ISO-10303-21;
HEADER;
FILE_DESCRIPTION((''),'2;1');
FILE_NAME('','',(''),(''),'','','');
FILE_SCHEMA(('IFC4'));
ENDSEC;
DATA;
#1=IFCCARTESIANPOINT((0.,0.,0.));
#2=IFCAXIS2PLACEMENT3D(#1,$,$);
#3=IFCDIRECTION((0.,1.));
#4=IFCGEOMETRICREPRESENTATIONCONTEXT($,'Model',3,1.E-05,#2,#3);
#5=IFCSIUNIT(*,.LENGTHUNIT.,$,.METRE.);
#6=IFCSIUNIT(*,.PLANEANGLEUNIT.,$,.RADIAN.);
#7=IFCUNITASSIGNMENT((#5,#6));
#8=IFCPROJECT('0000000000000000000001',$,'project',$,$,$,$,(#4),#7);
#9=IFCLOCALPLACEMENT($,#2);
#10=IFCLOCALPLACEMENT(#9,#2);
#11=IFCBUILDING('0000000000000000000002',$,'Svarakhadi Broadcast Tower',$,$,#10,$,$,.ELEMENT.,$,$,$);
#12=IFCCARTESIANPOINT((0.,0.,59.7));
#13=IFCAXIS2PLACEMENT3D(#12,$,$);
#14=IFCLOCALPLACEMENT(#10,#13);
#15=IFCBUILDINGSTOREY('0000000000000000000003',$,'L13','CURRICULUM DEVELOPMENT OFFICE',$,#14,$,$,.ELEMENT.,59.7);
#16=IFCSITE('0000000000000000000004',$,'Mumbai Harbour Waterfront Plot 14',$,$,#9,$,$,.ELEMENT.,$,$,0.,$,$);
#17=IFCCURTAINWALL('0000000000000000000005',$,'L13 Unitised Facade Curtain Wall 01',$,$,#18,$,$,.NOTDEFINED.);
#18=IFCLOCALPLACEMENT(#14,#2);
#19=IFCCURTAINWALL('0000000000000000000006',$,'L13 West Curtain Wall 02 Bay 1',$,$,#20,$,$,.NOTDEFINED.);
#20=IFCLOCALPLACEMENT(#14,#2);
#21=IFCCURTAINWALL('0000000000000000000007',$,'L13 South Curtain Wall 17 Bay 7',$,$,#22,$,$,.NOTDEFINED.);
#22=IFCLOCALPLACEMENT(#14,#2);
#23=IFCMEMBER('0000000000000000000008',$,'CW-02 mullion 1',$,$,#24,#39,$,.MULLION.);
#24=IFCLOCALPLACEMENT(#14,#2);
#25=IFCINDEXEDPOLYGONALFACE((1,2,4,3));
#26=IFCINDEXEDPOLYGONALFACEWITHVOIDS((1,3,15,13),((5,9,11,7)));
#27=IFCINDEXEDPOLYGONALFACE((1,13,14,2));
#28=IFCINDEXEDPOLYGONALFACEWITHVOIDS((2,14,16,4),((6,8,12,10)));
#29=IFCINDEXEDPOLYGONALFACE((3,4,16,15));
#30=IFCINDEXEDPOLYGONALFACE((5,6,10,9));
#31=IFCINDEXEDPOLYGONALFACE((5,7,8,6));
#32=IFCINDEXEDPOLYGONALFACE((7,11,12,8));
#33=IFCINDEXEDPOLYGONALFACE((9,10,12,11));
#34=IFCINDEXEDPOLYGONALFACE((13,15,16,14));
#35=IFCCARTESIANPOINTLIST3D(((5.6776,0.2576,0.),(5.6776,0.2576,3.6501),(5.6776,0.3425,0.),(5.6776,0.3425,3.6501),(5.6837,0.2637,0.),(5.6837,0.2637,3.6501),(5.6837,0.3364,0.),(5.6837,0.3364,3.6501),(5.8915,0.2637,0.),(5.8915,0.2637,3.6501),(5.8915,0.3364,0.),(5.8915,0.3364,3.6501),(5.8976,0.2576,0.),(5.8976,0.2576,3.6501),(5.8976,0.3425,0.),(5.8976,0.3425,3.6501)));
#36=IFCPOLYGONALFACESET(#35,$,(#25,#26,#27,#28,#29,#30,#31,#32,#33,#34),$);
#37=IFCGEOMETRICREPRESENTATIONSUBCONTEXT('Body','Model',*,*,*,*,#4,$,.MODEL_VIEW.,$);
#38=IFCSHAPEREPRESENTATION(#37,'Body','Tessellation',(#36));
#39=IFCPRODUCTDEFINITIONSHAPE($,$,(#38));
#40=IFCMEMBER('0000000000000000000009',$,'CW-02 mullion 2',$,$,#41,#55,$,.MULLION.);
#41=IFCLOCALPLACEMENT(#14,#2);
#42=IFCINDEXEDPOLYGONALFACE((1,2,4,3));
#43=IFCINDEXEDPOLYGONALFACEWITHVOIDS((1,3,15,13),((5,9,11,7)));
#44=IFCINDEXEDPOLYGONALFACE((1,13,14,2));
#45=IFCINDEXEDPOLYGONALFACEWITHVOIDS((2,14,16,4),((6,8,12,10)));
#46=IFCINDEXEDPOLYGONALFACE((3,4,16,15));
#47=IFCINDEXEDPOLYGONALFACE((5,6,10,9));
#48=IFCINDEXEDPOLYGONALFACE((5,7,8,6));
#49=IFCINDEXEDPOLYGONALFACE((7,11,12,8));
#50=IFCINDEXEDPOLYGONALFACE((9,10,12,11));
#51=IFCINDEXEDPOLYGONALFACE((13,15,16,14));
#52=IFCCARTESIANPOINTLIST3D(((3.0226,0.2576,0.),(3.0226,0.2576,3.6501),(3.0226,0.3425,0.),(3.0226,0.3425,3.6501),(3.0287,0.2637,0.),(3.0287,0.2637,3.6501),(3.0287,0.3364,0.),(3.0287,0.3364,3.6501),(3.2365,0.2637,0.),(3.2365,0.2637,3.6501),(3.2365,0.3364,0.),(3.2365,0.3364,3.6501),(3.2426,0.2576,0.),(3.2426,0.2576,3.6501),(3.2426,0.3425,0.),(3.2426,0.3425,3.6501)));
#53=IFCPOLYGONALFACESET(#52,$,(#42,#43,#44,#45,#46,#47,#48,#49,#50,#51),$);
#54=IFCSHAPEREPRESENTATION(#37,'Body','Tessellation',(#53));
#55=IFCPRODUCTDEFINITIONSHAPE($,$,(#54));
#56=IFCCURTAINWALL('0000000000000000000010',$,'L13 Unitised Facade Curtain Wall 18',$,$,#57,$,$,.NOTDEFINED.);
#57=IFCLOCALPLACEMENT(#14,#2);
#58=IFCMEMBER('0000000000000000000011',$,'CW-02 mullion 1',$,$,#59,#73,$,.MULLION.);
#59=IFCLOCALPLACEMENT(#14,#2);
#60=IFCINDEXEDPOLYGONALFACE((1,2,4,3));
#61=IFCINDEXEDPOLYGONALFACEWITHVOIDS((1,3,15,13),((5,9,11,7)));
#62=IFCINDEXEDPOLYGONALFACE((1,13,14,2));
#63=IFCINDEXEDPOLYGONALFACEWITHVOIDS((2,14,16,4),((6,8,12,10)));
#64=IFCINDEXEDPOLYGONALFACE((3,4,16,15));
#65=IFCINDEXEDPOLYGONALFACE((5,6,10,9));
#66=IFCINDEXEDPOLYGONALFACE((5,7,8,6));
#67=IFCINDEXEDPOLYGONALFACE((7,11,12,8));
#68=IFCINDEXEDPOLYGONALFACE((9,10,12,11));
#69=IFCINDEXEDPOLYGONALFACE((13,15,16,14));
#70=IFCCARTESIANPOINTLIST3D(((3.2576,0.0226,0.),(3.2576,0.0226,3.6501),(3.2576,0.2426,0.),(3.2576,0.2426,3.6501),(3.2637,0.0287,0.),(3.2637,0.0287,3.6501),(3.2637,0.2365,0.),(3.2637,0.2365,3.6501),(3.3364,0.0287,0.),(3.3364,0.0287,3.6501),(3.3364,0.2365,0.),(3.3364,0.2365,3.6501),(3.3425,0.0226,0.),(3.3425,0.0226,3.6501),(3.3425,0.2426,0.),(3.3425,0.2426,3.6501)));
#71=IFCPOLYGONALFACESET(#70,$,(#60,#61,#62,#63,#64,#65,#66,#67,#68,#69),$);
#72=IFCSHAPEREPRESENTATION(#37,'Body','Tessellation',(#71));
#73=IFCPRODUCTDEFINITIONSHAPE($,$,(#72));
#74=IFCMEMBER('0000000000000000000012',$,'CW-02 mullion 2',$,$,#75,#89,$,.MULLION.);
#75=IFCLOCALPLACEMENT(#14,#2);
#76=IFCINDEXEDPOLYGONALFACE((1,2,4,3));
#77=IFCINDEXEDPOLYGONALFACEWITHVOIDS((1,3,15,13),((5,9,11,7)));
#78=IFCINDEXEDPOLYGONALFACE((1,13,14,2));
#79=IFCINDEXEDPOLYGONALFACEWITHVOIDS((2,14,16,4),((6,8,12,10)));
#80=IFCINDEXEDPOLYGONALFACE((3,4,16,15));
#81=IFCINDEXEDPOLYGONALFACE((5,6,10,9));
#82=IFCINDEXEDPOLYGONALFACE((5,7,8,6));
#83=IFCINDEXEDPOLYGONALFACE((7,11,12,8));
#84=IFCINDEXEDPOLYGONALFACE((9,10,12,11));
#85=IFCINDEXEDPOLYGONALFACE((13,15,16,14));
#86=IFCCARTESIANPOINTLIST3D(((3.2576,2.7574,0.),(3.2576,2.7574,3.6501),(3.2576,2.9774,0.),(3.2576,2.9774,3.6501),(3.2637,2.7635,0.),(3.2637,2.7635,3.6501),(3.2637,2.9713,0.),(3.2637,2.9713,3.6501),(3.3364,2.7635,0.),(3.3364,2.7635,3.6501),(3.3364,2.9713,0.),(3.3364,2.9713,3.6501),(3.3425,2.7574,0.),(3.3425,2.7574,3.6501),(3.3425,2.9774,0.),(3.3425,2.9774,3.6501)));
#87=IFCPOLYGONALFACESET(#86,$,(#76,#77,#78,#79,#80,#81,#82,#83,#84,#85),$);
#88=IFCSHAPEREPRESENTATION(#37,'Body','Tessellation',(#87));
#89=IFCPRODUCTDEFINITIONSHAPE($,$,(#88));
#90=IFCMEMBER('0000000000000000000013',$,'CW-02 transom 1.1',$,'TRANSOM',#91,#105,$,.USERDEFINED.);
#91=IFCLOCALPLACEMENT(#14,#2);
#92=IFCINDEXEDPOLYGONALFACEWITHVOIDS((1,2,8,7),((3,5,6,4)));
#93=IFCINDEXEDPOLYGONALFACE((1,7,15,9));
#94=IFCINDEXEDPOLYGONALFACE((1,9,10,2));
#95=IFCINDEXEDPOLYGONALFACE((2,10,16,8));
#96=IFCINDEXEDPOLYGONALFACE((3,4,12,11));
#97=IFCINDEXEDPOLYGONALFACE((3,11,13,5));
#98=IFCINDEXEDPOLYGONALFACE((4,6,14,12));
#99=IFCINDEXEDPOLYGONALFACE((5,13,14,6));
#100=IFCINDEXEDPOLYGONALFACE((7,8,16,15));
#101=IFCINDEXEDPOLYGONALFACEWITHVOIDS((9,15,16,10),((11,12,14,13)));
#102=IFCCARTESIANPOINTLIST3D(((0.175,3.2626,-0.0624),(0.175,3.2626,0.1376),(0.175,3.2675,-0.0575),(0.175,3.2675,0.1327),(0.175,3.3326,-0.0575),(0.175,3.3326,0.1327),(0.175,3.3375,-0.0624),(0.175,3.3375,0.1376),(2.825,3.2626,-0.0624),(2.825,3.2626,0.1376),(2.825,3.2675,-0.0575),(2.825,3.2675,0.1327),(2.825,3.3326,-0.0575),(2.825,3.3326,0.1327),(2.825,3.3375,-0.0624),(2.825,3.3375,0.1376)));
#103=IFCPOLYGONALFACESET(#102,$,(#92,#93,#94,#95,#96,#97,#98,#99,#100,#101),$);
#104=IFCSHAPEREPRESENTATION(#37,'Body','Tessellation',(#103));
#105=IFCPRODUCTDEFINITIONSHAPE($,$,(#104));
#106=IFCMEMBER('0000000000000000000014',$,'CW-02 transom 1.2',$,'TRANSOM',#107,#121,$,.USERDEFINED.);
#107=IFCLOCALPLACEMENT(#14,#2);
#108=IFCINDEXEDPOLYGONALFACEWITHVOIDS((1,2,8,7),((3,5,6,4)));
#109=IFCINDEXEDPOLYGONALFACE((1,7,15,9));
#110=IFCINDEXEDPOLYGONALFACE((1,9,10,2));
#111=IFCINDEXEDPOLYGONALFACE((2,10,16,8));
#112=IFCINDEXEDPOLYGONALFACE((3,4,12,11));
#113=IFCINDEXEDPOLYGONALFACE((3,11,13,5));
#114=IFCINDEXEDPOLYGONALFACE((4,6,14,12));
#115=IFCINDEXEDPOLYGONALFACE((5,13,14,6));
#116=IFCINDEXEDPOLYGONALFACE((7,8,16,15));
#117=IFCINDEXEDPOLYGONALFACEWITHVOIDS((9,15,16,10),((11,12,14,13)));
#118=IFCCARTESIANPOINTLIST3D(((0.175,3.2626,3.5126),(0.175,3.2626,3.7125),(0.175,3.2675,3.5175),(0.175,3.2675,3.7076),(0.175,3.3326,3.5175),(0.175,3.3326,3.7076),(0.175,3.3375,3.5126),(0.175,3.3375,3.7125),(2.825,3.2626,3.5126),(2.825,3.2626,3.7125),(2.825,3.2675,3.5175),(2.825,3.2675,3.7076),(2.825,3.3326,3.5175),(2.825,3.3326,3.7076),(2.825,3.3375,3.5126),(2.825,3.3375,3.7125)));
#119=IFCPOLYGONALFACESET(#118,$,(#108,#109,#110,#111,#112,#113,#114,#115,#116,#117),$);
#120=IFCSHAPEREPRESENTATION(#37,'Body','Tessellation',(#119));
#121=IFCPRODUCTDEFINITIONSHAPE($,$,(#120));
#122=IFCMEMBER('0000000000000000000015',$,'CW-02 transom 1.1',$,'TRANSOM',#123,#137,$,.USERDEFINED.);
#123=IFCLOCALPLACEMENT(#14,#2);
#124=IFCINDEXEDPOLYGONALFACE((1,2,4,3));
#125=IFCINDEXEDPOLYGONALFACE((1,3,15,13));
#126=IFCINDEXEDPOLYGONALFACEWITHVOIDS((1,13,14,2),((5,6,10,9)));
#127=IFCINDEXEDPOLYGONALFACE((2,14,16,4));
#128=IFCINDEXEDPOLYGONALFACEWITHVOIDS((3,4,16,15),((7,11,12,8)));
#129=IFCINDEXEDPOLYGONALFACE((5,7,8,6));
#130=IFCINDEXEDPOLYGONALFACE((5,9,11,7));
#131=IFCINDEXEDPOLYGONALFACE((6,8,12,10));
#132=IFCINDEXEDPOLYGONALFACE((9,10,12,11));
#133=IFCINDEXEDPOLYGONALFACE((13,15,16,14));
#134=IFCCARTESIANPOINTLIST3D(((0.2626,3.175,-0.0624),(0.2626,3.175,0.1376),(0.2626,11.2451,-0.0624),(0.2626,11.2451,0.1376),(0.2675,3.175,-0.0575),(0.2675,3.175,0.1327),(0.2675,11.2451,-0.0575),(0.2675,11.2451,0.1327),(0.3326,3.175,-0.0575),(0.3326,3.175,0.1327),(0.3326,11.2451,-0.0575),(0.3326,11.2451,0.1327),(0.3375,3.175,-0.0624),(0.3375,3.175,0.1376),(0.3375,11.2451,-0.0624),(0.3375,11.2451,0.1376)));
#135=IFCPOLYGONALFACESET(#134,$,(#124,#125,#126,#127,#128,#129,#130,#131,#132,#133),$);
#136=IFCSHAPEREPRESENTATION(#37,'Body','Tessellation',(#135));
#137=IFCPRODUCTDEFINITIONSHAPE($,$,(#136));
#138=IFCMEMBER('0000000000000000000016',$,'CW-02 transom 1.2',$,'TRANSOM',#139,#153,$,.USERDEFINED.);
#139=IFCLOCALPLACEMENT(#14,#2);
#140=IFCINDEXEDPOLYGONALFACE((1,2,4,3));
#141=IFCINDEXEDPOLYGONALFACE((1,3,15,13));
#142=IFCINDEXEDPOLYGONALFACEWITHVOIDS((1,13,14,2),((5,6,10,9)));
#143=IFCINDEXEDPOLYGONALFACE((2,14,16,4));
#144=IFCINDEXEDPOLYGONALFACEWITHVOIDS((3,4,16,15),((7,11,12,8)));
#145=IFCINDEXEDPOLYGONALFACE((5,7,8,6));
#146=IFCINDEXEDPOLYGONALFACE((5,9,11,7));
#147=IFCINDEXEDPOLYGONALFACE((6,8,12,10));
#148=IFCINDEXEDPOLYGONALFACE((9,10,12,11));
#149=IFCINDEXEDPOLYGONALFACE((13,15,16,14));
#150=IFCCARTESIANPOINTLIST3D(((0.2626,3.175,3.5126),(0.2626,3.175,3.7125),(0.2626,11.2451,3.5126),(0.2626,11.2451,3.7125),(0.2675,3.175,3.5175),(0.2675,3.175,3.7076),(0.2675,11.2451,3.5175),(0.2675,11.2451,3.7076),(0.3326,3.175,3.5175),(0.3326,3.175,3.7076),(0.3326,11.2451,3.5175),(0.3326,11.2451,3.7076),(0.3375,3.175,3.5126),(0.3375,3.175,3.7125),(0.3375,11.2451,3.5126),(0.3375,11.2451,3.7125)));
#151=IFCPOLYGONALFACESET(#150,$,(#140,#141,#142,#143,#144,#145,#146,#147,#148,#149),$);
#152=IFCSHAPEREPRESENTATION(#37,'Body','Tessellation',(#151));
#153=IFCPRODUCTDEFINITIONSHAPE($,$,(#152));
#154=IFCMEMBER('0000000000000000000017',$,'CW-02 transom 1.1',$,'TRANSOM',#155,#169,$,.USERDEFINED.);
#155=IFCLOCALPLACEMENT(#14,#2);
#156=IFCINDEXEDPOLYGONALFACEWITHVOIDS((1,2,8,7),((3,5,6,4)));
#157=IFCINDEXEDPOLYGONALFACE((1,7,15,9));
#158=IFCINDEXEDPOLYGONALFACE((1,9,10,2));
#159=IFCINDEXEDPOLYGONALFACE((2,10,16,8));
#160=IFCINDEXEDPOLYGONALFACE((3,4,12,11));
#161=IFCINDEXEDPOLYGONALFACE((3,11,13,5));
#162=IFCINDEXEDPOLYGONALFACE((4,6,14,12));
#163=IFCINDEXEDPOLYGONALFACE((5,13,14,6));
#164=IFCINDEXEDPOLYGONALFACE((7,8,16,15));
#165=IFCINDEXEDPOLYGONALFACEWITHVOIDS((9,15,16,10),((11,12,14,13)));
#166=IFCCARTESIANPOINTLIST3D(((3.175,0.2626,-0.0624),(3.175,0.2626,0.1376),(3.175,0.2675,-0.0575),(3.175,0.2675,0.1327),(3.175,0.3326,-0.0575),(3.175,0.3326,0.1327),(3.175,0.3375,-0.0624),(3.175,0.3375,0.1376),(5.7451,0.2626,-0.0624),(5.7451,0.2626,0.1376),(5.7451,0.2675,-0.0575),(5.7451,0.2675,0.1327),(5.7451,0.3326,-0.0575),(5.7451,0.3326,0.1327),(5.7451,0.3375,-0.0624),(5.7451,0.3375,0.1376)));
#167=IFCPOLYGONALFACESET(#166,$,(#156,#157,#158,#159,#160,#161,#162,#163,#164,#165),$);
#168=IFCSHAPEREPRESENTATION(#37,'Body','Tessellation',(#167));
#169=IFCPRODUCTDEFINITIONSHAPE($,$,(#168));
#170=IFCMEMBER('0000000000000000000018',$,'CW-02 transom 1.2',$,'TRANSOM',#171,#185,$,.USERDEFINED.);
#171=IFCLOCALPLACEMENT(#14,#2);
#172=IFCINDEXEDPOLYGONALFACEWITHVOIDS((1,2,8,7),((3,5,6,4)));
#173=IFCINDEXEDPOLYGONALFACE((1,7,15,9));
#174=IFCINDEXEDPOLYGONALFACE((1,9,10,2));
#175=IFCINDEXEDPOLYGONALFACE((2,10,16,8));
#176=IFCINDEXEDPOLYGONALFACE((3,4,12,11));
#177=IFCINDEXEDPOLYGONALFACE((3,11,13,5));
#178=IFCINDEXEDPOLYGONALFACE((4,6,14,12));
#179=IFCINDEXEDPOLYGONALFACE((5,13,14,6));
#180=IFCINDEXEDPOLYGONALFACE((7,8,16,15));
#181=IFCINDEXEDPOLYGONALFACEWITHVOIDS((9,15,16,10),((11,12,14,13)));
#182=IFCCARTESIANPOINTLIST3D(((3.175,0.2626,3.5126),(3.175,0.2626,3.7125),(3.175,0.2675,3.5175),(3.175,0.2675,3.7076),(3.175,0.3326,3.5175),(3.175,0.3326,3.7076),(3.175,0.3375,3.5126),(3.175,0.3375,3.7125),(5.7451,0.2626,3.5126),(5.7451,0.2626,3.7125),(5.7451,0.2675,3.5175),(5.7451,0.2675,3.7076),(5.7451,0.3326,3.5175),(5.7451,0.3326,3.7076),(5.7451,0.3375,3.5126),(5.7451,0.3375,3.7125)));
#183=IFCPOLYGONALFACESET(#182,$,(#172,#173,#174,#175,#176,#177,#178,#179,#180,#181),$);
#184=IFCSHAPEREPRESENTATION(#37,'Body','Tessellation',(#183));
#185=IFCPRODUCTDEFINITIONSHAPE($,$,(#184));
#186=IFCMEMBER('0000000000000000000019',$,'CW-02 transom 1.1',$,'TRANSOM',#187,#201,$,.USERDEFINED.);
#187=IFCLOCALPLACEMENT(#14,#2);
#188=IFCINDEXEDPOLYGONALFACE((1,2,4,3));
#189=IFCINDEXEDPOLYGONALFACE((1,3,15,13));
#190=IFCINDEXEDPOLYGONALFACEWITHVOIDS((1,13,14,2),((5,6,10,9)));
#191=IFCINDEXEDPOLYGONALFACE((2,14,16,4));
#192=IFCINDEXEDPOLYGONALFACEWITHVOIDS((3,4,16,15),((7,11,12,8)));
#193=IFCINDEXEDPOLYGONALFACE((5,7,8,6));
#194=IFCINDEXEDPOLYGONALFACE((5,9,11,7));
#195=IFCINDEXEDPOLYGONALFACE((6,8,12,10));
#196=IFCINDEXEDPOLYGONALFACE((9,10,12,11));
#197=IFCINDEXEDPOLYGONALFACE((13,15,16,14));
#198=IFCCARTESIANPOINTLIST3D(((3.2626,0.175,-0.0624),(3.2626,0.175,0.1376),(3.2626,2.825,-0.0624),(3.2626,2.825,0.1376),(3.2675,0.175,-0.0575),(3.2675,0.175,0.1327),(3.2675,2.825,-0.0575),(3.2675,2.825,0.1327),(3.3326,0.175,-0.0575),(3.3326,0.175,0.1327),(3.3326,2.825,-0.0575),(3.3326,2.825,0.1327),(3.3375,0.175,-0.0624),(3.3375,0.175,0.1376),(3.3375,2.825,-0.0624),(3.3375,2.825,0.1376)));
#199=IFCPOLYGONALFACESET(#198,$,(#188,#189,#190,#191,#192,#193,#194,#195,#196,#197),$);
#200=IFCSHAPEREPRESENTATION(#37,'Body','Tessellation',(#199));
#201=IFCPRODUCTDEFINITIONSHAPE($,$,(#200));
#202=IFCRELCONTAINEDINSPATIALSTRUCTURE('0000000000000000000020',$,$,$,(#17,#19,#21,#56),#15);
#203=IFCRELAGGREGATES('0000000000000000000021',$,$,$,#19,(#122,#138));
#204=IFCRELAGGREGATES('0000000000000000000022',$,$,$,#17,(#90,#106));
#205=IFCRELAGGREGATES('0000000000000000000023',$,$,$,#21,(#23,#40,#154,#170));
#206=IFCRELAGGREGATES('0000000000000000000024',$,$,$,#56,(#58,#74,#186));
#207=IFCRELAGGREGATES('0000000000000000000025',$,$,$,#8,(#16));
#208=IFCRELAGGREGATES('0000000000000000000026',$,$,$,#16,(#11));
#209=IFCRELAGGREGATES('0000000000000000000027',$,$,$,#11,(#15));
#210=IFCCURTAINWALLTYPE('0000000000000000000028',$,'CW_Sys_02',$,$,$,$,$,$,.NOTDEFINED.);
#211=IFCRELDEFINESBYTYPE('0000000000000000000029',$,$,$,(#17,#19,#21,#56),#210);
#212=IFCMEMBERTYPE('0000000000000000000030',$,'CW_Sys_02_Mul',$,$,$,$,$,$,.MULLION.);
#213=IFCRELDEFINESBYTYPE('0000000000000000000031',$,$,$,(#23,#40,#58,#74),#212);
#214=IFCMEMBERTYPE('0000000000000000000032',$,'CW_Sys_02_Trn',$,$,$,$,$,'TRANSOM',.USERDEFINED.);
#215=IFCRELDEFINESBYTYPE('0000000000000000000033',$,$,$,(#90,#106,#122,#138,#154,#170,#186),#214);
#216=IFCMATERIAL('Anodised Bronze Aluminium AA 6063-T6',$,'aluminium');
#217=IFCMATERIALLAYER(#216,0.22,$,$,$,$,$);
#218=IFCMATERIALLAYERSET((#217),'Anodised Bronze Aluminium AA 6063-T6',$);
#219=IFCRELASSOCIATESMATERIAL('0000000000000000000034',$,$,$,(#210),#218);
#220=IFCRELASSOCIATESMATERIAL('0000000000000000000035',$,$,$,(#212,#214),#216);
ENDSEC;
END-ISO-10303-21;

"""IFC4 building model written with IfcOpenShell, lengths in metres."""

from ifc_helpers import new_model, si_unit, direction, frame, origin, origin_2d, place, context, subcontext, project, spatial, hollow_rectangle, extrude, material, layer, layer_set, material_profile, profile_set, type_object, element, aggregate, save


model = new_model("IFC4")

# Units and contexts
model_context = context("Model", 3, precision=1e-05, world=origin(), true_north=direction((0.0, 1.0)))
body_context = subcontext(model_context, "Body", "Model", "MODEL_VIEW")
ifc_project = project(units=[si_unit("LENGTHUNIT", "METRE"), si_unit("PLANEANGLEUNIT", "RADIAN")], contexts=[model_context])

# Site, building, storey
site_placement = place(None, origin())
site = spatial("IfcSite", under=ifc_project, at=site_placement, Name="Mumbai Harbour Waterfront Plot 14", CompositionType="ELEMENT", RefElevation=0.0)
building_placement = place(site_placement, origin())
building = spatial("IfcBuilding", under=site, at=building_placement, Name="Svarakhadi Broadcast Tower", CompositionType="ELEMENT")
storey_placement = place(building_placement, frame((0.0, 0.0, 59.7)))
storey = spatial("IfcBuildingStorey", under=building, at=storey_placement, Name="L13", Description="CURRICULUM DEVELOPMENT OFFICE", CompositionType="ELEMENT", Elevation=59.7)

# Curtain wall
ifc_material_1 = material(Name="Anodised Bronze Aluminium AA 6063-T6", Category="aluminium")
ifc_layer_1 = layer(ifc_material_1, 0.22)
ifc_layer_set_1 = layer_set([ifc_layer_1], Name="Anodised Bronze Aluminium AA 6063-T6")
curtain_wall_type = type_object("IfcCurtainWallType", Name="CW_Sys_02", PredefinedType="NOTDEFINED", material=ifc_layer_set_1)
curtain_wall_1_placement = place(storey_placement, origin())
curtain_wall_1 = element("IfcCurtainWall", 1, at=curtain_wall_1_placement, inside=storey, type_object=curtain_wall_type, Name="L13 Unitised Facade Curtain Wall 01", PredefinedType="NOTDEFINED")
ifc_material_profile_1 = material_profile(ifc_material_1, hollow_rectangle(XDim=0.085, YDim=0.22, WallThickness=0.0061, at=origin_2d()), Name="ALU MULLION 220x85x6")
ifc_profile_set_1 = profile_set([ifc_material_profile_1], Name="Anodised Bronze Aluminium AA 6063-T6")
member_type_1 = type_object("IfcMemberType", Name="CW_Sys_02_Mul", PredefinedType="MULLION", material=ifc_profile_set_1)

# Curtain wall
curtain_wall_2_placement = place(storey_placement, origin())
curtain_wall_2 = element("IfcCurtainWall", 2, at=curtain_wall_2_placement, inside=storey, type_object=curtain_wall_type, Name="L13 West Curtain Wall 02 Bay 1", PredefinedType="NOTDEFINED")

# Curtain walls, members
curtain_wall_3_placement = place(storey_placement, origin())
curtain_wall_3 = element("IfcCurtainWall", 3, at=curtain_wall_3_placement, inside=storey, type_object=curtain_wall_type, Name="L13 South Curtain Wall 17 Bay 7", PredefinedType="NOTDEFINED")
member_1_placement = place(storey_placement, frame((5.7876, 0.3, 0.0), z_axis=(0.0, 0.0, 1.0), x_axis=(0.0, -1.0, 0.0)))
member_1 = element("IfcMember", 4, at=member_1_placement, type_object=member_type_1, Name="CW-02 mullion 1", PredefinedType="MULLION", context=body_context, shape_type="SweptSolid", body=[
    extrude(hollow_rectangle(XDim=0.085, YDim=0.22, WallThickness=0.0061, at=origin_2d()), origin(), (0.0, 0.0, 1.0), 3.6501),
])
member_2_placement = place(storey_placement, frame((3.1326, 0.3, 0.0), z_axis=(0.0, 0.0, 1.0), x_axis=(0.0, -1.0, 0.0)))
member_2 = element("IfcMember", 5, at=member_2_placement, type_object=member_type_1, Name="CW-02 mullion 2", PredefinedType="MULLION", context=body_context, shape_type="SweptSolid", body=[
    extrude(hollow_rectangle(XDim=0.085, YDim=0.22, WallThickness=0.0061, at=origin_2d()), origin(), (0.0, 0.0, 1.0), 3.6501),
])
curtain_wall_4_placement = place(storey_placement, origin())
curtain_wall_4 = element("IfcCurtainWall", 6, at=curtain_wall_4_placement, inside=storey, type_object=curtain_wall_type, Name="L13 Unitised Facade Curtain Wall 18", PredefinedType="NOTDEFINED")
member_3_placement = place(storey_placement, frame((3.3, 0.1326, 0.0), z_axis=(0.0, 0.0, 1.0), x_axis=(-1.0, 0.0, 0.0)))
member_3 = element("IfcMember", 7, at=member_3_placement, type_object=member_type_1, Name="CW-02 mullion 1", PredefinedType="MULLION", context=body_context, shape_type="SweptSolid", body=[
    extrude(hollow_rectangle(XDim=0.085, YDim=0.22, WallThickness=0.0061, at=origin_2d()), origin(), (0.0, 0.0, 1.0), 3.6501),
])
member_4_placement = place(storey_placement, frame((3.3, 2.8674, 0.0), z_axis=(0.0, 0.0, 1.0), x_axis=(-1.0, 0.0, 0.0)))
member_4 = element("IfcMember", 8, at=member_4_placement, type_object=member_type_1, Name="CW-02 mullion 2", PredefinedType="MULLION", context=body_context, shape_type="SweptSolid", body=[
    extrude(hollow_rectangle(XDim=0.085, YDim=0.22, WallThickness=0.0061, at=origin_2d()), origin(), (0.0, 0.0, 1.0), 3.6501),
])

# Members
ifc_material_profile_2 = material_profile(ifc_material_1, hollow_rectangle(XDim=0.075, YDim=0.2, WallThickness=0.0049, at=origin_2d()), Name="ALU TRANSOM 200x75x5")
ifc_profile_set_2 = profile_set([ifc_material_profile_2], Name="Anodised Bronze Aluminium AA 6063-T6")
member_type_2 = type_object("IfcMemberType", Name="CW_Sys_02_Trn", ElementType="TRANSOM", PredefinedType="USERDEFINED", material=ifc_profile_set_2)
member_5_placement = place(storey_placement, frame((2.825, 3.3, 0.0376), z_axis=(-1.0, 0.0, 0.0), x_axis=(0.0, -1.0, 0.0)))
member_5 = element("IfcMember", 9, at=member_5_placement, type_object=member_type_2, Name="CW-02 transom 1.1", ObjectType="TRANSOM", PredefinedType="USERDEFINED", context=body_context, shape_type="SweptSolid", body=[
    extrude(hollow_rectangle(XDim=0.075, YDim=0.2, WallThickness=0.0049, at=origin_2d()), origin(), (0.0, 0.0, 1.0), 2.6499),
])
member_6_placement = place(storey_placement, frame((2.825, 3.3, 3.6125), z_axis=(-1.0, 0.0, 0.0), x_axis=(0.0, -1.0, 0.0)))
member_6 = element("IfcMember", 10, at=member_6_placement, type_object=member_type_2, Name="CW-02 transom 1.2", ObjectType="TRANSOM", PredefinedType="USERDEFINED", context=body_context, shape_type="SweptSolid", body=[
    extrude(hollow_rectangle(XDim=0.075, YDim=0.2, WallThickness=0.0049, at=origin_2d()), origin(), (0.0, 0.0, 1.0), 2.6499),
])
member_7_placement = place(storey_placement, frame((0.3, 3.175, 0.0376), z_axis=(0.0, 1.0, 0.0), x_axis=(-1.0, 0.0, 0.0)))
member_7 = element("IfcMember", 11, at=member_7_placement, type_object=member_type_2, Name="CW-02 transom 1.1", ObjectType="TRANSOM", PredefinedType="USERDEFINED", context=body_context, shape_type="SweptSolid", body=[
    extrude(hollow_rectangle(XDim=0.075, YDim=0.2, WallThickness=0.0049, at=origin_2d()), origin(), (0.0, 0.0, 1.0), 8.0701),
])
member_8_placement = place(storey_placement, frame((0.3, 3.175, 3.6125), z_axis=(0.0, 1.0, 0.0), x_axis=(-1.0, 0.0, 0.0)))
member_8 = element("IfcMember", 12, at=member_8_placement, type_object=member_type_2, Name="CW-02 transom 1.2", ObjectType="TRANSOM", PredefinedType="USERDEFINED", context=body_context, shape_type="SweptSolid", body=[
    extrude(hollow_rectangle(XDim=0.075, YDim=0.2, WallThickness=0.0049, at=origin_2d()), origin(), (0.0, 0.0, 1.0), 8.0701),
])
aggregate(curtain_wall_2, [member_7, member_8])
member_9_placement = place(storey_placement, frame((5.7451, 0.3, 0.0376), z_axis=(-1.0, 0.0, 0.0), x_axis=(0.0, -1.0, 0.0)))
member_9 = element("IfcMember", 13, at=member_9_placement, type_object=member_type_2, Name="CW-02 transom 1.1", ObjectType="TRANSOM", PredefinedType="USERDEFINED", context=body_context, shape_type="SweptSolid", body=[
    extrude(hollow_rectangle(XDim=0.075, YDim=0.2, WallThickness=0.0049, at=origin_2d()), origin(), (0.0, 0.0, 1.0), 2.5701),
])
member_10_placement = place(storey_placement, frame((5.7451, 0.3, 3.6125), z_axis=(-1.0, 0.0, 0.0), x_axis=(0.0, -1.0, 0.0)))
member_10 = element("IfcMember", 14, at=member_10_placement, type_object=member_type_2, Name="CW-02 transom 1.2", ObjectType="TRANSOM", PredefinedType="USERDEFINED", context=body_context, shape_type="SweptSolid", body=[
    extrude(hollow_rectangle(XDim=0.075, YDim=0.2, WallThickness=0.0049, at=origin_2d()), origin(), (0.0, 0.0, 1.0), 2.5701),
])
member_11_placement = place(storey_placement, frame((3.3, 0.175, 0.0376), z_axis=(0.0, 1.0, 0.0), x_axis=(-1.0, 0.0, 0.0)))
member_11 = element("IfcMember", 15, at=member_11_placement, type_object=member_type_2, Name="CW-02 transom 1.1", ObjectType="TRANSOM", PredefinedType="USERDEFINED", context=body_context, shape_type="SweptSolid", body=[
    extrude(hollow_rectangle(XDim=0.075, YDim=0.2, WallThickness=0.0049, at=origin_2d()), origin(), (0.0, 0.0, 1.0), 2.6499),
])

aggregate(curtain_wall_1, [member_5, member_6])
aggregate(curtain_wall_3, [member_1, member_2, member_9, member_10])
aggregate(curtain_wall_4, [member_3, member_4, member_11])

save(model, "model.ifc")
